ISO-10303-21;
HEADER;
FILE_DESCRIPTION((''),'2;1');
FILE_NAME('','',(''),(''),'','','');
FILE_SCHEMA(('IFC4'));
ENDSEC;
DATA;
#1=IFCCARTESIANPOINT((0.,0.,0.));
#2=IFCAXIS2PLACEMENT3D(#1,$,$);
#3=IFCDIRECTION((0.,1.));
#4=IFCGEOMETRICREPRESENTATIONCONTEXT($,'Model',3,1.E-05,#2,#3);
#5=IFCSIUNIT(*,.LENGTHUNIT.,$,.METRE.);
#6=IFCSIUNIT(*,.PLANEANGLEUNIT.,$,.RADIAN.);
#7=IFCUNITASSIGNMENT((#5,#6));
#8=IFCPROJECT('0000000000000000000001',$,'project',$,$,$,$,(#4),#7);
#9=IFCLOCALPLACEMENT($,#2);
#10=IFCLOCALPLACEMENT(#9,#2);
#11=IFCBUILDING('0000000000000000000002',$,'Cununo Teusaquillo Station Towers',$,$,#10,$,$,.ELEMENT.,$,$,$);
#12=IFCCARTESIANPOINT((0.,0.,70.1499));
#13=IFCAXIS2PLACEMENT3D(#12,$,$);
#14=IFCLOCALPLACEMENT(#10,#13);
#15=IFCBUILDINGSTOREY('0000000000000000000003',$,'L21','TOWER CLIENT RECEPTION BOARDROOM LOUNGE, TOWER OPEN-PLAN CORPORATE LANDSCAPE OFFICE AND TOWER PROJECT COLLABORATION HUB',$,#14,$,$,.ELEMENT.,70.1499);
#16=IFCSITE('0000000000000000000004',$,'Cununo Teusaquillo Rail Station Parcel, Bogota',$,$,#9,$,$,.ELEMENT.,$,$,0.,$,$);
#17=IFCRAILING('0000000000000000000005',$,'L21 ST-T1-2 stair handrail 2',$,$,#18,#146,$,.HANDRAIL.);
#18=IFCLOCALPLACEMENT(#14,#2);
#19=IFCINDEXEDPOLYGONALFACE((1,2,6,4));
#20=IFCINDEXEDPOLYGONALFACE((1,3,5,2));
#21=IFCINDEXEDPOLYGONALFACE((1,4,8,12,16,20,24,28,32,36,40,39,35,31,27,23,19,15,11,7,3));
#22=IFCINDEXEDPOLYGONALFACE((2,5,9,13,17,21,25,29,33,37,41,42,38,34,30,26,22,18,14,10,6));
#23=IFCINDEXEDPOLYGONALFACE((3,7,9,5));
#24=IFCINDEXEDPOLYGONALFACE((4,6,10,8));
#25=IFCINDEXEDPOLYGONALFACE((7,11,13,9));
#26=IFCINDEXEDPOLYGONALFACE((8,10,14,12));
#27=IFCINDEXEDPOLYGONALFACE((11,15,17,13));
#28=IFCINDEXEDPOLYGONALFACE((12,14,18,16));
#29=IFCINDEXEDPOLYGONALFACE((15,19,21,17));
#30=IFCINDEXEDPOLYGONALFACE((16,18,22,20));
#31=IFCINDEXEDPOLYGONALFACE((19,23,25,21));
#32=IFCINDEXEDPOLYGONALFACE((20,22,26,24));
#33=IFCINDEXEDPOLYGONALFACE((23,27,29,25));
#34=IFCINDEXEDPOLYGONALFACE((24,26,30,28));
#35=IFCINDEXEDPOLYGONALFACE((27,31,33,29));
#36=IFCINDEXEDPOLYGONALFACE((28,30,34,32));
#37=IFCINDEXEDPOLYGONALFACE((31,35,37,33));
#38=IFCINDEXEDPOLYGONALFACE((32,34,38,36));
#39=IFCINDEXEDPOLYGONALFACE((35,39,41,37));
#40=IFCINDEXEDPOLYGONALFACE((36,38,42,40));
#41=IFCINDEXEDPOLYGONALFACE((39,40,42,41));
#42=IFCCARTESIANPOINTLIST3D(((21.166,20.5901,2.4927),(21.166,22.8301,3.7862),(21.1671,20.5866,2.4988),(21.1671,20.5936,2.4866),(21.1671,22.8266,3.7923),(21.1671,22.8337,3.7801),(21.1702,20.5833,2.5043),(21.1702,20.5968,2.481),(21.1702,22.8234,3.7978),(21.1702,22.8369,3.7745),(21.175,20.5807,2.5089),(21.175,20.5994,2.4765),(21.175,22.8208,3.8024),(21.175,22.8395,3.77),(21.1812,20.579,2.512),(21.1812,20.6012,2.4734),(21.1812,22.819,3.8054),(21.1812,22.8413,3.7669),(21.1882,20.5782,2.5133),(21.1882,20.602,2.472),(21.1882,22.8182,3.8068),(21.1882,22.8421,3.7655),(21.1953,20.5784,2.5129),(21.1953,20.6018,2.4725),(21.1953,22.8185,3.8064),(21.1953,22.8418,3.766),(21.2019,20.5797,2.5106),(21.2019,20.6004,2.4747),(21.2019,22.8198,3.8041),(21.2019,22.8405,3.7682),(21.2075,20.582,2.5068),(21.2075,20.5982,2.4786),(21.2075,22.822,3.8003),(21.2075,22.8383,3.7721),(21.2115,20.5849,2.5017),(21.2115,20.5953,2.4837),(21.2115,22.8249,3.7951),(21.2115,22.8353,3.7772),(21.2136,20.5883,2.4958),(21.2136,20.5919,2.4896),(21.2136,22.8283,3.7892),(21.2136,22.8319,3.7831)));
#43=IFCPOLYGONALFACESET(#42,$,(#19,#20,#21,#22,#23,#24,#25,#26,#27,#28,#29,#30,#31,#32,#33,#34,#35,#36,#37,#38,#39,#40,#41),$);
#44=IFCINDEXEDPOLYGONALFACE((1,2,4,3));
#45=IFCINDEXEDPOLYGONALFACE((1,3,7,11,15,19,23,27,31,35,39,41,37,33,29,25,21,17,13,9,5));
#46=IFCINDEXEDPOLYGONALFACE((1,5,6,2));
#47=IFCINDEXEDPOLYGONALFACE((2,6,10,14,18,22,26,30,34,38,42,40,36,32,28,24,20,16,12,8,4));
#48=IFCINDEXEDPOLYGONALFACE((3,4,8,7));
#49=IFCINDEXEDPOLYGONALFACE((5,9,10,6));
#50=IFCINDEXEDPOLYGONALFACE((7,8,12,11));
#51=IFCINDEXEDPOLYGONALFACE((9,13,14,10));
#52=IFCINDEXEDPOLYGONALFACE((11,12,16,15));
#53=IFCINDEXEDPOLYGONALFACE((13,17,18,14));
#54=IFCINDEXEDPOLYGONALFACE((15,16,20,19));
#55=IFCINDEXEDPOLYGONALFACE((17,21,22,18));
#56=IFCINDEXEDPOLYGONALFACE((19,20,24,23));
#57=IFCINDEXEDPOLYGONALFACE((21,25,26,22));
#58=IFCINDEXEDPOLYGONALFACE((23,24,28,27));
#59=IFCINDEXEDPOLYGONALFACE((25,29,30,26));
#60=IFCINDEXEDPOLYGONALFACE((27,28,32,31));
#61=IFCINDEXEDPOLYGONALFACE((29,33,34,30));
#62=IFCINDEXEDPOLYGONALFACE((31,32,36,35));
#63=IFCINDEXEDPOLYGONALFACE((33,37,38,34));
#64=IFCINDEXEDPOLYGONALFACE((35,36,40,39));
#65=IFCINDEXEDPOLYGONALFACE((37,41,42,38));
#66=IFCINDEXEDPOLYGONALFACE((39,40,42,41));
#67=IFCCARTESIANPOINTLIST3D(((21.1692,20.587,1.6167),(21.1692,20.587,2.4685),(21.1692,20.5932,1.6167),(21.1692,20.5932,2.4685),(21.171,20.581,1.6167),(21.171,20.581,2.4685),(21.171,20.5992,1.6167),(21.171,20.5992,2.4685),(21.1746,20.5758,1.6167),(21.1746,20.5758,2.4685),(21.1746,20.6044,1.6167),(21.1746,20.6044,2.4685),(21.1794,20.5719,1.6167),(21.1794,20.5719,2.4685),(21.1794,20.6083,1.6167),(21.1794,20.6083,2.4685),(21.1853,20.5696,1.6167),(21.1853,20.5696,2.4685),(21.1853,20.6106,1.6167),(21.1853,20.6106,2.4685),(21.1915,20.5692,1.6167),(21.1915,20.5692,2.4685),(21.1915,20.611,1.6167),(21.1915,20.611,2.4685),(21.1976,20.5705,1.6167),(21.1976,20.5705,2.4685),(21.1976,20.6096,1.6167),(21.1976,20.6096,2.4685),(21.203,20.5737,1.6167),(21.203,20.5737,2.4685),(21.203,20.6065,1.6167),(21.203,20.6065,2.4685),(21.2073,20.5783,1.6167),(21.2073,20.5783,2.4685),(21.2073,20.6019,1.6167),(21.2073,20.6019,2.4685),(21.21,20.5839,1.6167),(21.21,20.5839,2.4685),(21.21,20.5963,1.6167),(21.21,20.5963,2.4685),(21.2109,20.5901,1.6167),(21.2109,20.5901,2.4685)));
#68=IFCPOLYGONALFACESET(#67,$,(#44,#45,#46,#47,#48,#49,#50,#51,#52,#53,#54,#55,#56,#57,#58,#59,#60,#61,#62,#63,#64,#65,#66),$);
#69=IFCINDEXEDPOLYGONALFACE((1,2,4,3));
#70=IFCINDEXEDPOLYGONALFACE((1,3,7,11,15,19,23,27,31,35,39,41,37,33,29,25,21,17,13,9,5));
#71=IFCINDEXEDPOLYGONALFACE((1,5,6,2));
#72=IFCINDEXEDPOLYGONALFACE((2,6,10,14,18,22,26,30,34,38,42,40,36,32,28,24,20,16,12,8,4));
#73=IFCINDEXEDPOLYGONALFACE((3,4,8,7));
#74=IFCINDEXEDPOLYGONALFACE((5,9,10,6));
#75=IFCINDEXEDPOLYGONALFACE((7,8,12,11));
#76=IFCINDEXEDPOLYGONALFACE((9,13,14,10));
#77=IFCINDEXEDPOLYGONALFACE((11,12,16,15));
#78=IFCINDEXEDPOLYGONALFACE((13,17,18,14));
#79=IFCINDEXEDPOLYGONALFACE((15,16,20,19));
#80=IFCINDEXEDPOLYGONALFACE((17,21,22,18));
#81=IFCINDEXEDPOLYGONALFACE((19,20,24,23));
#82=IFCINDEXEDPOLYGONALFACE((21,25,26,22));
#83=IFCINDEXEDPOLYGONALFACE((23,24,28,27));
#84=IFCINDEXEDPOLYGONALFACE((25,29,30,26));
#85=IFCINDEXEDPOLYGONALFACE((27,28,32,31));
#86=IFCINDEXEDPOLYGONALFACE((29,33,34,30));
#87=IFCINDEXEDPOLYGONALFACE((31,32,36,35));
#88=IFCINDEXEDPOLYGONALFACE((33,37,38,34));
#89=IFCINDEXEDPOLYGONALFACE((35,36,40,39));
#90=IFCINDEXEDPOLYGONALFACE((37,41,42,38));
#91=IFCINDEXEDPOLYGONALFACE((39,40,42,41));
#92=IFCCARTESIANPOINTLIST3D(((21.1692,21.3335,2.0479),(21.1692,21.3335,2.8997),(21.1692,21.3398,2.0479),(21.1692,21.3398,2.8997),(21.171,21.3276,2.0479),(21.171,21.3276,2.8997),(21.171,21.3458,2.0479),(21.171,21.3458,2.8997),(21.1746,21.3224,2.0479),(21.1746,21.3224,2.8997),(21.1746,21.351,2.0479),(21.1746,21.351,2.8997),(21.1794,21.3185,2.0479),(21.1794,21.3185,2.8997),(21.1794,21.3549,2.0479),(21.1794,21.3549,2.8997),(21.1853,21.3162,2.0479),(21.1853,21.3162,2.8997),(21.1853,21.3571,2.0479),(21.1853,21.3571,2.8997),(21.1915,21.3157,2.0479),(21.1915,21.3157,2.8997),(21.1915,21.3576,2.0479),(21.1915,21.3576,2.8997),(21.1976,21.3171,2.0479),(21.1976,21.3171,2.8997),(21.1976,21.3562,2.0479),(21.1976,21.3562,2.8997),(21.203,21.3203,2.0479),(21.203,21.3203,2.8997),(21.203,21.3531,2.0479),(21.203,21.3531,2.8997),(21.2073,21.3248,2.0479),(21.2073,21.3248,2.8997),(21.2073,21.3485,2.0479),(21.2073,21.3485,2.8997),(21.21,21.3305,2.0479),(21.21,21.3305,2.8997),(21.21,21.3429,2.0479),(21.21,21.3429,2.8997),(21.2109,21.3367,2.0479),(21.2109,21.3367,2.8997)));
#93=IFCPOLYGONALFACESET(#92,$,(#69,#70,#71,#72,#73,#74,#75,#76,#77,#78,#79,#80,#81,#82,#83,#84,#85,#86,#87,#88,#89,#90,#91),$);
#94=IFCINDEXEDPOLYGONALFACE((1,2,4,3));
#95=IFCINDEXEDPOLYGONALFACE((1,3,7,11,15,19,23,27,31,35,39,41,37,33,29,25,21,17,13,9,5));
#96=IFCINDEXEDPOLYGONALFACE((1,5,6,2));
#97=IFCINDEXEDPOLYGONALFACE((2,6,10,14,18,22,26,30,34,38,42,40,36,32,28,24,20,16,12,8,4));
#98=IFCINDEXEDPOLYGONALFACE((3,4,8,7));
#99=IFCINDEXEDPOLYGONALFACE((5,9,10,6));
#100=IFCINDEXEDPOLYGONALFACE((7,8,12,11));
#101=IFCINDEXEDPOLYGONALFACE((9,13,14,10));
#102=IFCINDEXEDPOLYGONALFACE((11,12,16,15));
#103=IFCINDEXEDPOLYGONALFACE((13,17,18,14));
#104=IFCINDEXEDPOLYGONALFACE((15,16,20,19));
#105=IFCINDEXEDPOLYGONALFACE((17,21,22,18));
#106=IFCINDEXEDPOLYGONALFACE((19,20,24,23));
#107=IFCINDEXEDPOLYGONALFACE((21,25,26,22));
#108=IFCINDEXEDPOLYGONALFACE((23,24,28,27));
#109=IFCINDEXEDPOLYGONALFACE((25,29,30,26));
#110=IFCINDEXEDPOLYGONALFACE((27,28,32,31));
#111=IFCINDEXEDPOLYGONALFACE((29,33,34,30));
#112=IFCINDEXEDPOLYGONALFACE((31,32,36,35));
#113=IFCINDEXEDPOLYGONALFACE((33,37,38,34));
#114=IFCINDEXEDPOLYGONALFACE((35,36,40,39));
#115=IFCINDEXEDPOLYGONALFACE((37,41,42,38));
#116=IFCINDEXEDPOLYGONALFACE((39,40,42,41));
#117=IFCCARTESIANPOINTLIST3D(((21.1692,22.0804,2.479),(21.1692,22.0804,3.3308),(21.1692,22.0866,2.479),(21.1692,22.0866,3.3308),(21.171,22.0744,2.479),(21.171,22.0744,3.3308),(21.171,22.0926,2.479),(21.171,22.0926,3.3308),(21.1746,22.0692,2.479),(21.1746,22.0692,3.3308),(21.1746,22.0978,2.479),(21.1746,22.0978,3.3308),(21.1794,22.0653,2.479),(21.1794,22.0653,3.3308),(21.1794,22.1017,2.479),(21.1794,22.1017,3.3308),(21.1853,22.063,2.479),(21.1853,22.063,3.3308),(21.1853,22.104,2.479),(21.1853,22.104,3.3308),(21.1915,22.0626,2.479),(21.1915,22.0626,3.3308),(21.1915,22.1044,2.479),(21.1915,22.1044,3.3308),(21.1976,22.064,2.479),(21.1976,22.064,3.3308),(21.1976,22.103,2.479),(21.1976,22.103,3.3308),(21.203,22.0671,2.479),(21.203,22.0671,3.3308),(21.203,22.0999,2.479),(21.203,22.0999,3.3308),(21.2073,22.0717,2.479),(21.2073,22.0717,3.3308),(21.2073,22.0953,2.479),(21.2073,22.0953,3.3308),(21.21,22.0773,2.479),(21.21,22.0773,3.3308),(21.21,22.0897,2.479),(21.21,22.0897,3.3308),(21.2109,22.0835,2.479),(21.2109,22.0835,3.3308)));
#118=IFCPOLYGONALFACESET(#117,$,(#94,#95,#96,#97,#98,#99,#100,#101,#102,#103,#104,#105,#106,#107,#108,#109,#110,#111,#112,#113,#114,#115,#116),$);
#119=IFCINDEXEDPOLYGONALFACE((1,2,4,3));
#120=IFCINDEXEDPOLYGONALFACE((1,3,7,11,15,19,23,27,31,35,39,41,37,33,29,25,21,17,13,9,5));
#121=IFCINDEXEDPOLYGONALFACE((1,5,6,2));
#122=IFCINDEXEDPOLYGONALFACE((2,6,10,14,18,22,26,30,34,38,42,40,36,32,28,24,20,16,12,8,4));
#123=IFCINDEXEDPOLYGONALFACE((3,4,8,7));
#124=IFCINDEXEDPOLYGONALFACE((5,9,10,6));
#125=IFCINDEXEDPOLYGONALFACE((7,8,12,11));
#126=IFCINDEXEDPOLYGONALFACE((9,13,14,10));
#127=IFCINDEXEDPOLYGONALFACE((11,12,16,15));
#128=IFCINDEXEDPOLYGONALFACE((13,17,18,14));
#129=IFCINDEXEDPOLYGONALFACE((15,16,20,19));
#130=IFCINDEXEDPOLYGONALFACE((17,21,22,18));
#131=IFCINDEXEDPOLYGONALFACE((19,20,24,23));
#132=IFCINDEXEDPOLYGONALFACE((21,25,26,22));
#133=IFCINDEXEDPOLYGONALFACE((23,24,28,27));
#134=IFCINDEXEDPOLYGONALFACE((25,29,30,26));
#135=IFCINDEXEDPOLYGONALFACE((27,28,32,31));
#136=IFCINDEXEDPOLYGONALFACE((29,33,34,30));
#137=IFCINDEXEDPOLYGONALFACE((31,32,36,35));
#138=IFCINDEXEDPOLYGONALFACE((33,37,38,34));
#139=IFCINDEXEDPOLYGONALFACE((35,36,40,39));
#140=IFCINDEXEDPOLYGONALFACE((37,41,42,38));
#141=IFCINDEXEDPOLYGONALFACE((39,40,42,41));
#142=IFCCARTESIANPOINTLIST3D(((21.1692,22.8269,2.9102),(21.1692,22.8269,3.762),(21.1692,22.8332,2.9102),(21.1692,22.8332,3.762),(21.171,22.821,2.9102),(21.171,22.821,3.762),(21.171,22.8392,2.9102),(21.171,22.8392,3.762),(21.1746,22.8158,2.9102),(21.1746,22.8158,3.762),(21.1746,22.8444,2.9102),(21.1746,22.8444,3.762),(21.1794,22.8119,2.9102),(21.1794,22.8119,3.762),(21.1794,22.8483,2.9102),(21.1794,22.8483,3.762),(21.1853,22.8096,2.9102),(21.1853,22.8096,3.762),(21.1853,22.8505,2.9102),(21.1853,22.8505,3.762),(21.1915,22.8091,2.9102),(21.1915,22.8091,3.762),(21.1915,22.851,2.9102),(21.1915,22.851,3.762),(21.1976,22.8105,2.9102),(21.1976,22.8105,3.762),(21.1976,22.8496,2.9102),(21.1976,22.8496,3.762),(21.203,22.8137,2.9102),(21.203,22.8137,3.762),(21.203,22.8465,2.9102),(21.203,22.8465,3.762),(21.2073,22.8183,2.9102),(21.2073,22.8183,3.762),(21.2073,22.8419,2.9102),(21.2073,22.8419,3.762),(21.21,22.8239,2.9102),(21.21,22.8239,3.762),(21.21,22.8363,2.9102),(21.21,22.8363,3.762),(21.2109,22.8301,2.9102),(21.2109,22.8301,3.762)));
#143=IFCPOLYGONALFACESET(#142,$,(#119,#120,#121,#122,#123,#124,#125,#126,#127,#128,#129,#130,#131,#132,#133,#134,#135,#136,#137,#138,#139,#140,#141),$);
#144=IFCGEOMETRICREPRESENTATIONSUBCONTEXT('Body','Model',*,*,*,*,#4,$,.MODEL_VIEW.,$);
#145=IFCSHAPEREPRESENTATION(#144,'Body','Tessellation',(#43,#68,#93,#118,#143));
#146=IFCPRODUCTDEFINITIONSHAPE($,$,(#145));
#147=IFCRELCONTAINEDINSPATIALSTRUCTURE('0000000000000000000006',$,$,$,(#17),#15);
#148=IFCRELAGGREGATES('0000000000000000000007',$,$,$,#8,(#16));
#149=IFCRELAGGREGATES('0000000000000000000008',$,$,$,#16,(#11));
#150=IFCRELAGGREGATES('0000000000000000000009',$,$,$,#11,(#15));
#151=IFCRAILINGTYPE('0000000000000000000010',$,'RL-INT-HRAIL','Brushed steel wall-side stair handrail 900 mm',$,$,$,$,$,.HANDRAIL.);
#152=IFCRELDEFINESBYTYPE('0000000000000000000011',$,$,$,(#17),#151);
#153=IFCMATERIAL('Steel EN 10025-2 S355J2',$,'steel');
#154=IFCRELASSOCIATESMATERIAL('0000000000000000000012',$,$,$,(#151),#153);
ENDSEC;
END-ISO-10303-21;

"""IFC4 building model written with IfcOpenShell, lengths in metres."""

from ifc_helpers import new_model, si_unit, direction, frame, origin, origin_2d, place, context, subcontext, project, spatial, circle, extrude, material, type_object, element, save


model = new_model("IFC4")

# Units and contexts
model_context = context("Model", 3, precision=1e-05, world=origin(), true_north=direction((0.0, 1.0)))
body_context = subcontext(model_context, "Body", "Model", "MODEL_VIEW")
ifc_project = project(units=[si_unit("LENGTHUNIT", "METRE"), si_unit("PLANEANGLEUNIT", "RADIAN")], contexts=[model_context])

# Site, building, storey
site_placement = place(None, origin())
site = spatial("IfcSite", under=ifc_project, at=site_placement, Name="Cununo Teusaquillo Rail Station Parcel, Bogota", CompositionType="ELEMENT", RefElevation=0.0)
building_placement = place(site_placement, origin())
building = spatial("IfcBuilding", under=site, at=building_placement, Name="Cununo Teusaquillo Station Towers", CompositionType="ELEMENT")
storey_placement = place(building_placement, frame((0.0, 0.0, 70.1499)))
storey = spatial("IfcBuildingStorey", under=building, at=storey_placement, Name="L21", Description="TOWER CLIENT RECEPTION BOARDROOM LOUNGE, TOWER OPEN-PLAN CORPORATE LANDSCAPE OFFICE AND TOWER PROJECT COLLABORATION HUB", CompositionType="ELEMENT", Elevation=70.1499)

# Railing
ifc_material_1 = material(Name="Steel EN 10025-2 S355J2", Category="steel")
railing_type_1 = type_object("IfcRailingType", Name="RL-INT-HRAIL", Description="Brushed steel wall-side stair handrail 900 mm", PredefinedType="HANDRAIL", material=ifc_material_1)
railing_1_placement = place(storey_placement, frame((21.1899, 20.5901, 1.6167)))
element("IfcRailing", 1, at=railing_1_placement, inside=storey, type_object=railing_type_1, Name="L21 ST-T1-2 stair handrail 2", PredefinedType="HANDRAIL", context=body_context, shape_type="SweptSolid", body=[
    extrude(circle(Radius=0.0239, at=origin_2d()), frame((0.0, 0.0, 0.876), z_axis=(0.0, 0.865992, 0.500057), x_axis=(-1.0, 0.0, 0.0)), (0.0, 0.0, 1.0), 2.5867),
    extrude(circle(Radius=0.021, at=origin_2d()), origin(), (0.0, 0.0, 1.0), 0.8518),
    extrude(circle(Radius=0.021, at=origin_2d()), frame((0.0, 0.7466, 0.4312)), (0.0, 0.0, 1.0), 0.8518),
    extrude(circle(Radius=0.021, at=origin_2d()), frame((0.0, 1.4934, 0.8623)), (0.0, 0.0, 1.0), 0.8518),
    extrude(circle(Radius=0.021, at=origin_2d()), frame((0.0, 2.24, 1.2935)), (0.0, 0.0, 1.0), 0.8518),
])

save(model, "model.ifc")
